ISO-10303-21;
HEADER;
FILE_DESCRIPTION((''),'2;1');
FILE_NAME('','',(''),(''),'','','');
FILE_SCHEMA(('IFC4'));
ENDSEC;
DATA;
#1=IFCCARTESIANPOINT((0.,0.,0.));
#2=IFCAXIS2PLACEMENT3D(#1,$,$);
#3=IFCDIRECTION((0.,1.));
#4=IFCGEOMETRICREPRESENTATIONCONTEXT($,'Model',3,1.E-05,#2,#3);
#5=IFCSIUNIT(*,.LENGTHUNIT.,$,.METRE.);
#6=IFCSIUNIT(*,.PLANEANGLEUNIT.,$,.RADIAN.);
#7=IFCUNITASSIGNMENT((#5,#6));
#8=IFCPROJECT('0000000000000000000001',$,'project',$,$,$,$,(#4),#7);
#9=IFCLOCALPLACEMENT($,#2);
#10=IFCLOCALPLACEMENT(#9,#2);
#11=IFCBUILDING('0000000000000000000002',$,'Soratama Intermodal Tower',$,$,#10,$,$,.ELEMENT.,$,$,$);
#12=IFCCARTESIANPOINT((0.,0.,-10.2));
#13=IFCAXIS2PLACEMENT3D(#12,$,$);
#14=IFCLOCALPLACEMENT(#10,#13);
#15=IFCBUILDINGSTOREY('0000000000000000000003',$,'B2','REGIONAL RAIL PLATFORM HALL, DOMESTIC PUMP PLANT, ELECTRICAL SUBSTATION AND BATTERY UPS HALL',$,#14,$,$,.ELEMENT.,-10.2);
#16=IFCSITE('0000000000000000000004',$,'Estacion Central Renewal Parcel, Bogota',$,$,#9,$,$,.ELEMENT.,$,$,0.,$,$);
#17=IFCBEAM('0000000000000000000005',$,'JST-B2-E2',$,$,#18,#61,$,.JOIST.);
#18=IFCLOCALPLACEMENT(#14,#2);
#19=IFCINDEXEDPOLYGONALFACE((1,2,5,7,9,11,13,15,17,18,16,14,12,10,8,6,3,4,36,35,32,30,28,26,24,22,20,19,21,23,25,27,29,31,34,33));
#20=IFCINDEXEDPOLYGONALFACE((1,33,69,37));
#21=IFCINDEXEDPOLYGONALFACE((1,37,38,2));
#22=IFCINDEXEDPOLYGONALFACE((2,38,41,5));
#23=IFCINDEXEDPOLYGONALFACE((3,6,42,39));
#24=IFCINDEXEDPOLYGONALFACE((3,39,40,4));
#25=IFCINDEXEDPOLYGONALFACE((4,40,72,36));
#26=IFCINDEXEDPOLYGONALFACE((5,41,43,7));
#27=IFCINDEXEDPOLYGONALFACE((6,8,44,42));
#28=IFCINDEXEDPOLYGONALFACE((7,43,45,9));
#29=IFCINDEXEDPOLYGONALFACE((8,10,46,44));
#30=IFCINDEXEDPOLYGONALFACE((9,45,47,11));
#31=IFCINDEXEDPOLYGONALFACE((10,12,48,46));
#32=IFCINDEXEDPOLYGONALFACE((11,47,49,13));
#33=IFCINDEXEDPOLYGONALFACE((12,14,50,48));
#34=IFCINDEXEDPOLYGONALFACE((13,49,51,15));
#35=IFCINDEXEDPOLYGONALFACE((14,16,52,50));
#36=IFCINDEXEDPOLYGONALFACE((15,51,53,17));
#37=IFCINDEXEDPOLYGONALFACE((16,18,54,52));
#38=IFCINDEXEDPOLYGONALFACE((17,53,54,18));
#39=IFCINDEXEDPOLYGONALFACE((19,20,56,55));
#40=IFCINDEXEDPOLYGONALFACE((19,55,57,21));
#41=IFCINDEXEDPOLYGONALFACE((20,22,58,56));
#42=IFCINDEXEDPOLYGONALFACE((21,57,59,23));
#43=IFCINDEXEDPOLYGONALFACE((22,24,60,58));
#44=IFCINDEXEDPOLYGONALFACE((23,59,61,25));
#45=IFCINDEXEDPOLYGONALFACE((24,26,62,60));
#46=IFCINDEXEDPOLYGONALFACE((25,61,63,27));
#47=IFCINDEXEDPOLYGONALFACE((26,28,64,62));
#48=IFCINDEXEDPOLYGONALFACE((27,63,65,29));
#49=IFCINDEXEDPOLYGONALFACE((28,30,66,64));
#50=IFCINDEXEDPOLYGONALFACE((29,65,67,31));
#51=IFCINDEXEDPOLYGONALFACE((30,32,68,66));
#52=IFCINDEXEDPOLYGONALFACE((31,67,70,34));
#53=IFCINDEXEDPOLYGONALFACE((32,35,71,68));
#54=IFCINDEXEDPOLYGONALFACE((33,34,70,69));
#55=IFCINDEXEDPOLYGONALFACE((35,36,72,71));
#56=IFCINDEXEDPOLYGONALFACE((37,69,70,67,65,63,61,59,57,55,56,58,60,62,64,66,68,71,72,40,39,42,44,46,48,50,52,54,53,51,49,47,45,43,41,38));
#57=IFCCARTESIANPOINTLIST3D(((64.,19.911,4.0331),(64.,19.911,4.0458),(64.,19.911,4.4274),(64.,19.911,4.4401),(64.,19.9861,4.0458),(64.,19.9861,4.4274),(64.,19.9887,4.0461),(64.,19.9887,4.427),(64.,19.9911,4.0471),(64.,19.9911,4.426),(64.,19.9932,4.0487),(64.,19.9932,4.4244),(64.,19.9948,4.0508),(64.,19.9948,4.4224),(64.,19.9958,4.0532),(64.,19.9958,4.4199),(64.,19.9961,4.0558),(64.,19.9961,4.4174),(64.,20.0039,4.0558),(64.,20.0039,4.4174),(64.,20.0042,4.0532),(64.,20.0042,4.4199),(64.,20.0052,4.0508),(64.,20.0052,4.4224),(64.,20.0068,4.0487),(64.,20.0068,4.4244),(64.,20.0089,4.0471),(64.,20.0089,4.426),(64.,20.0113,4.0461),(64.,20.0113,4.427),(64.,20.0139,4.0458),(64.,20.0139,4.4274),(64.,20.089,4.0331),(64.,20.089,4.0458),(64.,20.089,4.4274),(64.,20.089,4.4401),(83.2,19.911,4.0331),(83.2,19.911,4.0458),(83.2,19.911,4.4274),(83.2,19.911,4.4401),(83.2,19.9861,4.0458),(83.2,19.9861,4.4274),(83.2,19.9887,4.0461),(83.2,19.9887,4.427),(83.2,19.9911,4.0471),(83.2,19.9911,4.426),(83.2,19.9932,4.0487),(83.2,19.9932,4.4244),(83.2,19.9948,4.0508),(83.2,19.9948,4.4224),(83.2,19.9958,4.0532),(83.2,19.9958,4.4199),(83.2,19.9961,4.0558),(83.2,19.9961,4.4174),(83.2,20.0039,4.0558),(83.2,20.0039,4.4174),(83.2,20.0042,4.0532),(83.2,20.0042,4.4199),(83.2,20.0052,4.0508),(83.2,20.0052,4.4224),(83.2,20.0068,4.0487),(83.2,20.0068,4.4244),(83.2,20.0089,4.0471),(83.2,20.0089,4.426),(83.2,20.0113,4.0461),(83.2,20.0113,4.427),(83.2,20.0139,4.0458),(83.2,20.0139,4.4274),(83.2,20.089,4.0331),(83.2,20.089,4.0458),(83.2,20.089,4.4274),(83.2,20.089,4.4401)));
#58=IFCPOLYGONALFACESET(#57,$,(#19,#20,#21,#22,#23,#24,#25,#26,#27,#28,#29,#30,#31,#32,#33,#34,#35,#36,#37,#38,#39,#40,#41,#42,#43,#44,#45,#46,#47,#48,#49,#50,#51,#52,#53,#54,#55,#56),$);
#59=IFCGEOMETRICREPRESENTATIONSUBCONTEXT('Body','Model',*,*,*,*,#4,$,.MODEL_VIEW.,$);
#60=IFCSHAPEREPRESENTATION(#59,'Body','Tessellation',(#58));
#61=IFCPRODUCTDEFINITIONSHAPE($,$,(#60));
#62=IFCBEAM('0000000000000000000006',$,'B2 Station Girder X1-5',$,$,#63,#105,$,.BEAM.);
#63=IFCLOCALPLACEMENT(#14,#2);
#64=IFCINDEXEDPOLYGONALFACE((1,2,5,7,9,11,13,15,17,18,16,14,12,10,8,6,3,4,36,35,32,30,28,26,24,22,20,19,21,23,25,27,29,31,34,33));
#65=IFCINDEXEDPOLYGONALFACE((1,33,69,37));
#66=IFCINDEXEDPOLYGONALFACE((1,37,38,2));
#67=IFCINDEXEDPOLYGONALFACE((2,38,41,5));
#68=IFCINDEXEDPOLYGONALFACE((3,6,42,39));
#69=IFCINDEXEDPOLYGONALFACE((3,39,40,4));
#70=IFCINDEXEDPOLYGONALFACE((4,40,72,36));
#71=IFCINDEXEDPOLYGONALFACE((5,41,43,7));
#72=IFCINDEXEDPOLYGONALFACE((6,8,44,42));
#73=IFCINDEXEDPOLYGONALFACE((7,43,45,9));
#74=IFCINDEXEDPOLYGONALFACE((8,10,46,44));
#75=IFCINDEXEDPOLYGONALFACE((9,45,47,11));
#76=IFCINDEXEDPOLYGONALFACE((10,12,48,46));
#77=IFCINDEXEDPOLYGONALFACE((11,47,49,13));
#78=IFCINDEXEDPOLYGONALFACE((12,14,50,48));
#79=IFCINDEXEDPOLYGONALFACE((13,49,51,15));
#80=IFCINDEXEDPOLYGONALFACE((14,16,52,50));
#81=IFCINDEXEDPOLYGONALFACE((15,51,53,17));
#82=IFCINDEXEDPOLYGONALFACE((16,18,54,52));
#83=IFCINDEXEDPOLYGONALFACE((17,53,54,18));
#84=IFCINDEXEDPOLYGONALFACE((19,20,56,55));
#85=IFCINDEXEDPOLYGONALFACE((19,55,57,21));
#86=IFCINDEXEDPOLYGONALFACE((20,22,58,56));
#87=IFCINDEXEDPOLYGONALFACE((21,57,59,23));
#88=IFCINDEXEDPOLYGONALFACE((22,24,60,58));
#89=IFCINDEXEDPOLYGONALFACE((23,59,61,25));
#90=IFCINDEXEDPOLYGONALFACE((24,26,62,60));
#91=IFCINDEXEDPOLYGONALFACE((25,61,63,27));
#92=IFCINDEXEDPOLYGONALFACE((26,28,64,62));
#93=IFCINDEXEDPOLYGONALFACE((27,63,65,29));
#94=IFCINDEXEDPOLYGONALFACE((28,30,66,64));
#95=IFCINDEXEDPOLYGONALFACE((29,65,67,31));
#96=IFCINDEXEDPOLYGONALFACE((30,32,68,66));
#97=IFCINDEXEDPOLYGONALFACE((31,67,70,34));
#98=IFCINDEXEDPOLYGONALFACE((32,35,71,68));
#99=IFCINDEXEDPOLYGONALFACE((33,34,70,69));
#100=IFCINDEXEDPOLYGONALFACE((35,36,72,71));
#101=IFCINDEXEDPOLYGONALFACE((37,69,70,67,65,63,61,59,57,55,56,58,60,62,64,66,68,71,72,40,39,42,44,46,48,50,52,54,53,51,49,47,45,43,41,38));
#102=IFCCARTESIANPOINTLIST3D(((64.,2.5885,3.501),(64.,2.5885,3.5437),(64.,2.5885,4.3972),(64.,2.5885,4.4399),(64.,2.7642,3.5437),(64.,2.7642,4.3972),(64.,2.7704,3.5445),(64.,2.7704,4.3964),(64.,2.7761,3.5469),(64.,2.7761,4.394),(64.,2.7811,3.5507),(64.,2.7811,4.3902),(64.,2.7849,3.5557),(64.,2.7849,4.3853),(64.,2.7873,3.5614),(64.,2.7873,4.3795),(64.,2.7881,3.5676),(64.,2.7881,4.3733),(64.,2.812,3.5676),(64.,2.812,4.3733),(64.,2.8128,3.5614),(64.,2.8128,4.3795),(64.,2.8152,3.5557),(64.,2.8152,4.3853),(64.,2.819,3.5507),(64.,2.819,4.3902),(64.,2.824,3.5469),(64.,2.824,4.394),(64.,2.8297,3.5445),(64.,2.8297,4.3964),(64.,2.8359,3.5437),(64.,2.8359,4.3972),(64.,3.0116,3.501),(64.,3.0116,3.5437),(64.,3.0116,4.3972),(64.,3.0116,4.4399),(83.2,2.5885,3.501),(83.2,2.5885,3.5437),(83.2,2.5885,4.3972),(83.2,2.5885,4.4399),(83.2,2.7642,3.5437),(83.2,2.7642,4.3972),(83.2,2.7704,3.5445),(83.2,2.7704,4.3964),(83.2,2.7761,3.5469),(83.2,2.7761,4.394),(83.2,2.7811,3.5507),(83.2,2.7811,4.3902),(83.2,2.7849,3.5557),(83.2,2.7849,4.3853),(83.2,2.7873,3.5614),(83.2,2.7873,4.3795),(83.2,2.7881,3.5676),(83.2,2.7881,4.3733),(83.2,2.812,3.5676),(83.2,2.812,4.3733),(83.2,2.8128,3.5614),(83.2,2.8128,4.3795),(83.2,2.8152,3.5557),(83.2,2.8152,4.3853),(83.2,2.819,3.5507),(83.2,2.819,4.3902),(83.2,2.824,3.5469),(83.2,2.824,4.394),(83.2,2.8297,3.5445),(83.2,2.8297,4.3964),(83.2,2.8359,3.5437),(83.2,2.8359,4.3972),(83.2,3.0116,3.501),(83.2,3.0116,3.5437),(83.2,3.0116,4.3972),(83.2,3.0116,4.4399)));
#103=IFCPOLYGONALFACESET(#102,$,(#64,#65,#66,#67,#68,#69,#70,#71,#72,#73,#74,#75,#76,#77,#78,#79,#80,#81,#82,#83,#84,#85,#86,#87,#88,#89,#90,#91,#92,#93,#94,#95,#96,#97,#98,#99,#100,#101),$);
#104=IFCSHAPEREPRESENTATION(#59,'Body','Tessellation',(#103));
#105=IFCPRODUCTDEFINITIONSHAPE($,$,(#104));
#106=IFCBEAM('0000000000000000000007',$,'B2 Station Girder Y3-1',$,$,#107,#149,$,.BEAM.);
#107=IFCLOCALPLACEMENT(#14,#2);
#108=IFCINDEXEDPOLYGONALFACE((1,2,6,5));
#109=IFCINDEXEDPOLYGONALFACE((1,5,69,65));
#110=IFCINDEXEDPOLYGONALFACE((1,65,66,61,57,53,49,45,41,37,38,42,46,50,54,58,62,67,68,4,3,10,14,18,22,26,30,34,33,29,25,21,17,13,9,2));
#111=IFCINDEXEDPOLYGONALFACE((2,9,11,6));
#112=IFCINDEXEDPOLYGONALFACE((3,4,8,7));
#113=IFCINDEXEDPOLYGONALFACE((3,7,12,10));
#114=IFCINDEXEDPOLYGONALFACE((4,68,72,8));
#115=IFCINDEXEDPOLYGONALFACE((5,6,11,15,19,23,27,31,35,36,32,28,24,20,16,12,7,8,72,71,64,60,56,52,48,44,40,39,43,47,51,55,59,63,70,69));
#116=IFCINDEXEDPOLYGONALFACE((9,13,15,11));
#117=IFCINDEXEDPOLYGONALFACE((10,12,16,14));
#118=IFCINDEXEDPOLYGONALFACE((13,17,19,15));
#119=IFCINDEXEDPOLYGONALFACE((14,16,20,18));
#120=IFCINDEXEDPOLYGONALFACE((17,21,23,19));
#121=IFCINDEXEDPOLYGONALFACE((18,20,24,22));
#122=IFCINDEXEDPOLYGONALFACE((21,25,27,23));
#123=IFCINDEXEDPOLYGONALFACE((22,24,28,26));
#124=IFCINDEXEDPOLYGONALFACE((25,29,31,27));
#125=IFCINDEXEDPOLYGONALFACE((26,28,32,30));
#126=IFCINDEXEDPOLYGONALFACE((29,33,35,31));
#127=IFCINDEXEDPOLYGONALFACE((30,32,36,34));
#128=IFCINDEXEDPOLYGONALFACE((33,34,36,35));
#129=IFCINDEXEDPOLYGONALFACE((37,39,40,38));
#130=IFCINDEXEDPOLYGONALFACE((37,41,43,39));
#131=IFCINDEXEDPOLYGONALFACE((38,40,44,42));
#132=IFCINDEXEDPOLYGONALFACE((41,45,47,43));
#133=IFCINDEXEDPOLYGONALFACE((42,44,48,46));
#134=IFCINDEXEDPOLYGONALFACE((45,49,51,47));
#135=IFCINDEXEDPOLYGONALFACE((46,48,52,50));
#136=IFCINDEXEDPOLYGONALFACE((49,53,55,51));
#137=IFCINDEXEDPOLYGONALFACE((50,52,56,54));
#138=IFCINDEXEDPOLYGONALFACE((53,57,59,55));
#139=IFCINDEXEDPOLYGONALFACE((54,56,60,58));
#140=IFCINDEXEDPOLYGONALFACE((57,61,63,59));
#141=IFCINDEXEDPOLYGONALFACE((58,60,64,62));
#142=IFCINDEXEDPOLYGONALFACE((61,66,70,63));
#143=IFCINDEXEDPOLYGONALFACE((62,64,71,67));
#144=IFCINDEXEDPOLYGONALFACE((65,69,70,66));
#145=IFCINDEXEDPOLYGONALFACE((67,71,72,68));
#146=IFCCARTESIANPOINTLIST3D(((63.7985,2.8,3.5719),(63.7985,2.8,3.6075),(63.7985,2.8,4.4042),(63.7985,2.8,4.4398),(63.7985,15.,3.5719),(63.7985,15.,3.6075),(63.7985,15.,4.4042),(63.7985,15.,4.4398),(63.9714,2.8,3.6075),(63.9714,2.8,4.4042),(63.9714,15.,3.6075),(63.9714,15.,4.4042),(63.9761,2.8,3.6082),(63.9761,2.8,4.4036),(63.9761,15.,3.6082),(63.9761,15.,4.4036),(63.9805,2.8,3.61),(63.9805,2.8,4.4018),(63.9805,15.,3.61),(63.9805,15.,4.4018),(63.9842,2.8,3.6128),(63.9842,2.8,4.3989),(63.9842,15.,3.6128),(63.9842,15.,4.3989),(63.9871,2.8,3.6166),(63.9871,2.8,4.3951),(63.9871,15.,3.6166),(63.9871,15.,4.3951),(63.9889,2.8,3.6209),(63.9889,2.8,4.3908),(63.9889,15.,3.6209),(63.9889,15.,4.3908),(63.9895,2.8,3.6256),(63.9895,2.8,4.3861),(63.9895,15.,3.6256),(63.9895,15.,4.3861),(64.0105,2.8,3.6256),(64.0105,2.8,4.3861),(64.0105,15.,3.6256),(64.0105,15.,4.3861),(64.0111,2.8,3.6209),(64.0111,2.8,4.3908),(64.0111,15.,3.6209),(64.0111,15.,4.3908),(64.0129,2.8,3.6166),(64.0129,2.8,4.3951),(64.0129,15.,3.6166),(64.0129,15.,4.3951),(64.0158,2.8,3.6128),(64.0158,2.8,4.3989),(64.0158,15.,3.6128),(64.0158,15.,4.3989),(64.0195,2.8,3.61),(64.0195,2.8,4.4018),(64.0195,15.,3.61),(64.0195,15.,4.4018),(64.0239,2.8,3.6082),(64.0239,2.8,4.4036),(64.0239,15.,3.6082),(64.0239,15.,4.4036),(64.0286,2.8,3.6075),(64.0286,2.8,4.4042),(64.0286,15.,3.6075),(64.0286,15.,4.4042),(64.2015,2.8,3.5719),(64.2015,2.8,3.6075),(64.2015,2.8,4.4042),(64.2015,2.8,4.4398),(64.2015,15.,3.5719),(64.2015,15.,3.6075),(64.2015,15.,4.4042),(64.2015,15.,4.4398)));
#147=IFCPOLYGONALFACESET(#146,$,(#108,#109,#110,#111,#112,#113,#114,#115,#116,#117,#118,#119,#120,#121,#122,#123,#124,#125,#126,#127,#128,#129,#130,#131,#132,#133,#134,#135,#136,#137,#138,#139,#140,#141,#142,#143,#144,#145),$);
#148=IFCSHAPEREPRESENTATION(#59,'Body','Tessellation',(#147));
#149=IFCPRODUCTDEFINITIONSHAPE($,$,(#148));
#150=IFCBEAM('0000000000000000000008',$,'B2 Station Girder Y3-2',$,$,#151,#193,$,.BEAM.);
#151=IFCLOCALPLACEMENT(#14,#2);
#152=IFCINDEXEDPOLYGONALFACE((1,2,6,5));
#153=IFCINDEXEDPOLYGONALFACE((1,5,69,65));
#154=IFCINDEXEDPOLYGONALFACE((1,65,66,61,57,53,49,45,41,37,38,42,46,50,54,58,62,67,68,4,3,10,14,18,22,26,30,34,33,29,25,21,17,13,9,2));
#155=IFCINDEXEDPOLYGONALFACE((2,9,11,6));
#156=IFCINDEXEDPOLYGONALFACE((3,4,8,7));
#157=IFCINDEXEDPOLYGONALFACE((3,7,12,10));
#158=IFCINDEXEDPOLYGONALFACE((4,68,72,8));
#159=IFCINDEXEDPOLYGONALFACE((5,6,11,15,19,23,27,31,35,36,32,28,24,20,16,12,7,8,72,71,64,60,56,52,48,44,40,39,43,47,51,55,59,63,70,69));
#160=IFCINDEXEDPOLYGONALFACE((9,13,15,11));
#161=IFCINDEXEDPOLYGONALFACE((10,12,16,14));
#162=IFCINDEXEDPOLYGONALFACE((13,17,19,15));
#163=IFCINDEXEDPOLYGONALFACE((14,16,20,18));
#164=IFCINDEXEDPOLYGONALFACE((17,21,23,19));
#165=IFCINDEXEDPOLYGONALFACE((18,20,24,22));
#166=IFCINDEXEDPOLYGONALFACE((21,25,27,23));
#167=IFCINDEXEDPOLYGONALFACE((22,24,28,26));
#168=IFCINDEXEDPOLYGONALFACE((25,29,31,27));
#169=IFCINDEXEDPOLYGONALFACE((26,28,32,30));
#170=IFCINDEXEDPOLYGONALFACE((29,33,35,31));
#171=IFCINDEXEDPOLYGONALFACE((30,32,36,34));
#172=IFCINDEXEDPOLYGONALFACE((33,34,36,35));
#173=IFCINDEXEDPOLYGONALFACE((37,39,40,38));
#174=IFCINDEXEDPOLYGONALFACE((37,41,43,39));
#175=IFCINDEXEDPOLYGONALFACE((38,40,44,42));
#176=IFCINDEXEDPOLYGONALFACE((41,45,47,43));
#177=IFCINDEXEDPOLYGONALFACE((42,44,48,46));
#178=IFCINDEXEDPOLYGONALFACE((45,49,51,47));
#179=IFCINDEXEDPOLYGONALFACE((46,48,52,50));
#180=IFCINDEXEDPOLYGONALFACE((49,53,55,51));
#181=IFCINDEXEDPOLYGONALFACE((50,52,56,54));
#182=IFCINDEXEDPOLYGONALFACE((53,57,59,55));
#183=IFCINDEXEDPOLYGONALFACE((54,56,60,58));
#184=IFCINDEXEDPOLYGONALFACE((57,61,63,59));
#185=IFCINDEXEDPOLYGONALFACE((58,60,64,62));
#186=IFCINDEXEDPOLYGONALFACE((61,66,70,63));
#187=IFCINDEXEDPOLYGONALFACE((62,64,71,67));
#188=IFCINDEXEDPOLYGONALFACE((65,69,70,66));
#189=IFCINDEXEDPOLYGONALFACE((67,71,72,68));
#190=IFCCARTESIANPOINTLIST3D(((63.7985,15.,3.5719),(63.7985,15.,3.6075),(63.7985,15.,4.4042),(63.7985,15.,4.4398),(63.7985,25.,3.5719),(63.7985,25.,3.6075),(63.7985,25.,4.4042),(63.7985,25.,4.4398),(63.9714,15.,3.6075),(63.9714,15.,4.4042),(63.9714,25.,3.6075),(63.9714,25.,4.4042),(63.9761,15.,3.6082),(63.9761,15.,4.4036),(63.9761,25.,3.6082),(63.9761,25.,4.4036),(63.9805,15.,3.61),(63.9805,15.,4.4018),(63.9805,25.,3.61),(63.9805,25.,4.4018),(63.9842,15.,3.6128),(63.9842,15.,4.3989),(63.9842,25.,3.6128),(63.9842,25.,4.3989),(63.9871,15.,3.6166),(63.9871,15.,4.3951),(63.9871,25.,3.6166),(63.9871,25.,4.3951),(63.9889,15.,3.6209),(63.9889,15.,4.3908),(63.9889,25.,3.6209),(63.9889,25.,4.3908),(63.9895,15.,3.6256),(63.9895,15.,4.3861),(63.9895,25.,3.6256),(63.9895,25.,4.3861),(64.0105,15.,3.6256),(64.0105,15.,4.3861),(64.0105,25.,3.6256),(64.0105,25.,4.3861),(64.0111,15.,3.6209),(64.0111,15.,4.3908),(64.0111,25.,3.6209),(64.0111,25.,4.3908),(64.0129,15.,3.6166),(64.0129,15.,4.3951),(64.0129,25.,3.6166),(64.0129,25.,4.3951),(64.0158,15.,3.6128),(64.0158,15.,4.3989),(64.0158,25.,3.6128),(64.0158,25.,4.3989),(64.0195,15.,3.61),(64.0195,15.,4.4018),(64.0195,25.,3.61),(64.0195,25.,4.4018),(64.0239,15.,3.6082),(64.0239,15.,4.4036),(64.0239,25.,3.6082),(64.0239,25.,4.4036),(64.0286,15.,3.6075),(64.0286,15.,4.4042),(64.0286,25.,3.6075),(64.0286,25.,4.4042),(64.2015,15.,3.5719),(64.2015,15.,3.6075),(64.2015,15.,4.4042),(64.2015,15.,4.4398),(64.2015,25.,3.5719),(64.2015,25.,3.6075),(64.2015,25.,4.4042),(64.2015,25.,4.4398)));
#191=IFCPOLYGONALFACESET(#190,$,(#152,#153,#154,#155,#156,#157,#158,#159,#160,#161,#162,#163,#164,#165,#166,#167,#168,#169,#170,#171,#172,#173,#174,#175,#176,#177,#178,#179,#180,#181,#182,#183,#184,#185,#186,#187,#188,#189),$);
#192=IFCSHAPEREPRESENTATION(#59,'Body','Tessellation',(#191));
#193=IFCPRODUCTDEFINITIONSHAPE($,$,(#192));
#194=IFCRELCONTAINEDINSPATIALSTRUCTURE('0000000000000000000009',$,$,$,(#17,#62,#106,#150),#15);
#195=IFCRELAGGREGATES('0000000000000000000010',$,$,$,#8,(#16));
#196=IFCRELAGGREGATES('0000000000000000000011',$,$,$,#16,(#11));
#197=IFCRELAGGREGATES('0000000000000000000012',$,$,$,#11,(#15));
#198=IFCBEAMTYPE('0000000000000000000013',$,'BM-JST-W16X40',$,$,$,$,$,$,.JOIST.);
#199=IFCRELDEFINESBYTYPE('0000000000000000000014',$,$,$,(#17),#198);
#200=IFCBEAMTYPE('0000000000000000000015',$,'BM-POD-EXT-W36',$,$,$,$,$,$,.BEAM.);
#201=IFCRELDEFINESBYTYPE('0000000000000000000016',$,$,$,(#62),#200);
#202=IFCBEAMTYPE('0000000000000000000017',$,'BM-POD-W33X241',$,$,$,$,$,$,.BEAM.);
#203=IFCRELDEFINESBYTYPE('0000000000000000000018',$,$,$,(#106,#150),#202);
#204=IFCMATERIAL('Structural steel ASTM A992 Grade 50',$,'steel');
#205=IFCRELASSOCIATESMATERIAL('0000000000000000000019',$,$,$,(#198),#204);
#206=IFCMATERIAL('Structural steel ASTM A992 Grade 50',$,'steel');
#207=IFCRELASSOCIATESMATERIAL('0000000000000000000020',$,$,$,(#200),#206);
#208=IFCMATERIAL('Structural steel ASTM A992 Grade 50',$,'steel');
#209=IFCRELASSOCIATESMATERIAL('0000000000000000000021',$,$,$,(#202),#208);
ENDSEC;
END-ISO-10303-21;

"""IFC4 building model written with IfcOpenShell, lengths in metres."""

from ifc_helpers import new_model, si_unit, direction, frame, origin, origin_2d, place, context, subcontext, project, spatial, i_section, extrude, material, material_profile, profile_set, type_object, element, save


model = new_model("IFC4")

# Units and contexts
model_context = context("Model", 3, precision=1e-05, world=origin(), true_north=direction((0.0, 1.0)))
body_context = subcontext(model_context, "Body", "Model", "MODEL_VIEW")
ifc_project = project(units=[si_unit("LENGTHUNIT", "METRE"), si_unit("PLANEANGLEUNIT", "RADIAN")], contexts=[model_context])

# Site, building, storey
site_placement = place(None, origin())
site = spatial("IfcSite", under=ifc_project, at=site_placement, Name="Estacion Central Renewal Parcel, Bogota", CompositionType="ELEMENT", RefElevation=0.0)
building_placement = place(site_placement, origin())
building = spatial("IfcBuilding", under=site, at=building_placement, Name="Soratama Intermodal Tower", CompositionType="ELEMENT")
storey_placement = place(building_placement, frame((0.0, 0.0, -10.2)))
storey = spatial("IfcBuildingStorey", under=building, at=storey_placement, Name="B2", Description="REGIONAL RAIL PLATFORM HALL, DOMESTIC PUMP PLANT, ELECTRICAL SUBSTATION AND BATTERY UPS HALL", CompositionType="ELEMENT", Elevation=-10.2)

# Beams
ifc_material_1 = material(Name="Structural steel ASTM A992 Grade 50", Category="steel")
ifc_material_profile_1 = material_profile(ifc_material_1, i_section(OverallWidth=0.178, OverallDepth=0.407, WebThickness=0.0078, FlangeThickness=0.0127, FilletRadius=0.01, at=origin_2d()), Name="W16X40")
ifc_profile_set_1 = profile_set([ifc_material_profile_1], Name="Structural steel ASTM A992 Grade 50")
beam_type_1 = type_object("IfcBeamType", Name="BM-JST-W16X40", PredefinedType="JOIST", material=ifc_profile_set_1)
for number, where, z_axis, x_axis, name in (
    (1, (64.0, 20.0, 4.2366), (1.0, 0.0, 0.0), (0.0, 1.0, 0.0), "JST-B2-E2"),
):
    element("IfcBeam", number, at=place(storey_placement, frame(where, z_axis=z_axis, x_axis=x_axis)), inside=storey, type_object=beam_type_1, Name=name, PredefinedType="JOIST", context=body_context, shape_type="SweptSolid", body=[
        extrude(i_section(OverallWidth=0.178, OverallDepth=0.407, WebThickness=0.0078, FlangeThickness=0.0127, FilletRadius=0.01, at=origin_2d()), origin(), (0.0, 0.0, 1.0), 19.2),
    ])
ifc_material_2 = material(Name="Structural steel ASTM A992 Grade 50", Category="steel")
ifc_material_profile_2 = material_profile(ifc_material_2, i_section(OverallWidth=0.4231, OverallDepth=0.939, WebThickness=0.0239, FlangeThickness=0.0427, FilletRadius=0.0239, at=origin_2d()), Name="W36X302")
ifc_profile_set_2 = profile_set([ifc_material_profile_2], Name="Structural steel ASTM A992 Grade 50")
beam_type_2 = type_object("IfcBeamType", Name="BM-POD-EXT-W36", PredefinedType="BEAM", material=ifc_profile_set_2)
beam_1_placement = place(storey_placement, frame((64.0, 2.8, 3.9705), z_axis=(1.0, 0.0, 0.0), x_axis=(0.0, 1.0, 0.0)))
element("IfcBeam", 2, at=beam_1_placement, inside=storey, type_object=beam_type_2, Name="B2 Station Girder X1-5", PredefinedType="BEAM", context=body_context, shape_type="SweptSolid", body=[
    extrude(i_section(OverallWidth=0.4231, OverallDepth=0.939, WebThickness=0.0239, FlangeThickness=0.0427, FilletRadius=0.0239, at=origin_2d()), origin(), (0.0, 0.0, 1.0), 19.2),
])
ifc_material_3 = material(Name="Structural steel ASTM A992 Grade 50", Category="steel")
ifc_material_profile_3 = material_profile(ifc_material_3, i_section(OverallWidth=0.4031, OverallDepth=0.8679, WebThickness=0.021, FlangeThickness=0.0356, FilletRadius=0.0181, at=origin_2d()), Name="W33X241")
ifc_profile_set_3 = profile_set([ifc_material_profile_3], Name="Structural steel ASTM A992 Grade 50")
beam_type_3 = type_object("IfcBeamType", Name="BM-POD-W33X241", PredefinedType="BEAM", material=ifc_profile_set_3)
beam_2_placement = place(storey_placement, frame((64.0, 2.8, 4.0059), z_axis=(0.0, 1.0, 0.0), x_axis=(-1.0, 0.0, 0.0)))
element("IfcBeam", 3, at=beam_2_placement, inside=storey, type_object=beam_type_3, Name="B2 Station Girder Y3-1", PredefinedType="BEAM", context=body_context, shape_type="SweptSolid", body=[
    extrude(i_section(OverallWidth=0.4031, OverallDepth=0.8679, WebThickness=0.021, FlangeThickness=0.0356, FilletRadius=0.0181, at=origin_2d()), origin(), (0.0, 0.0, 1.0), 12.2),
])
beam_3_placement = place(storey_placement, frame((64.0, 15.0, 4.0059), z_axis=(0.0, 1.0, 0.0), x_axis=(-1.0, 0.0, 0.0)))
element("IfcBeam", 4, at=beam_3_placement, inside=storey, type_object=beam_type_3, Name="B2 Station Girder Y3-2", PredefinedType="BEAM", context=body_context, shape_type="SweptSolid", body=[
    extrude(i_section(OverallWidth=0.4031, OverallDepth=0.8679, WebThickness=0.021, FlangeThickness=0.0356, FilletRadius=0.0181, at=origin_2d()), origin(), (0.0, 0.0, 1.0), 10.0),
])

save(model, "model.ifc")
